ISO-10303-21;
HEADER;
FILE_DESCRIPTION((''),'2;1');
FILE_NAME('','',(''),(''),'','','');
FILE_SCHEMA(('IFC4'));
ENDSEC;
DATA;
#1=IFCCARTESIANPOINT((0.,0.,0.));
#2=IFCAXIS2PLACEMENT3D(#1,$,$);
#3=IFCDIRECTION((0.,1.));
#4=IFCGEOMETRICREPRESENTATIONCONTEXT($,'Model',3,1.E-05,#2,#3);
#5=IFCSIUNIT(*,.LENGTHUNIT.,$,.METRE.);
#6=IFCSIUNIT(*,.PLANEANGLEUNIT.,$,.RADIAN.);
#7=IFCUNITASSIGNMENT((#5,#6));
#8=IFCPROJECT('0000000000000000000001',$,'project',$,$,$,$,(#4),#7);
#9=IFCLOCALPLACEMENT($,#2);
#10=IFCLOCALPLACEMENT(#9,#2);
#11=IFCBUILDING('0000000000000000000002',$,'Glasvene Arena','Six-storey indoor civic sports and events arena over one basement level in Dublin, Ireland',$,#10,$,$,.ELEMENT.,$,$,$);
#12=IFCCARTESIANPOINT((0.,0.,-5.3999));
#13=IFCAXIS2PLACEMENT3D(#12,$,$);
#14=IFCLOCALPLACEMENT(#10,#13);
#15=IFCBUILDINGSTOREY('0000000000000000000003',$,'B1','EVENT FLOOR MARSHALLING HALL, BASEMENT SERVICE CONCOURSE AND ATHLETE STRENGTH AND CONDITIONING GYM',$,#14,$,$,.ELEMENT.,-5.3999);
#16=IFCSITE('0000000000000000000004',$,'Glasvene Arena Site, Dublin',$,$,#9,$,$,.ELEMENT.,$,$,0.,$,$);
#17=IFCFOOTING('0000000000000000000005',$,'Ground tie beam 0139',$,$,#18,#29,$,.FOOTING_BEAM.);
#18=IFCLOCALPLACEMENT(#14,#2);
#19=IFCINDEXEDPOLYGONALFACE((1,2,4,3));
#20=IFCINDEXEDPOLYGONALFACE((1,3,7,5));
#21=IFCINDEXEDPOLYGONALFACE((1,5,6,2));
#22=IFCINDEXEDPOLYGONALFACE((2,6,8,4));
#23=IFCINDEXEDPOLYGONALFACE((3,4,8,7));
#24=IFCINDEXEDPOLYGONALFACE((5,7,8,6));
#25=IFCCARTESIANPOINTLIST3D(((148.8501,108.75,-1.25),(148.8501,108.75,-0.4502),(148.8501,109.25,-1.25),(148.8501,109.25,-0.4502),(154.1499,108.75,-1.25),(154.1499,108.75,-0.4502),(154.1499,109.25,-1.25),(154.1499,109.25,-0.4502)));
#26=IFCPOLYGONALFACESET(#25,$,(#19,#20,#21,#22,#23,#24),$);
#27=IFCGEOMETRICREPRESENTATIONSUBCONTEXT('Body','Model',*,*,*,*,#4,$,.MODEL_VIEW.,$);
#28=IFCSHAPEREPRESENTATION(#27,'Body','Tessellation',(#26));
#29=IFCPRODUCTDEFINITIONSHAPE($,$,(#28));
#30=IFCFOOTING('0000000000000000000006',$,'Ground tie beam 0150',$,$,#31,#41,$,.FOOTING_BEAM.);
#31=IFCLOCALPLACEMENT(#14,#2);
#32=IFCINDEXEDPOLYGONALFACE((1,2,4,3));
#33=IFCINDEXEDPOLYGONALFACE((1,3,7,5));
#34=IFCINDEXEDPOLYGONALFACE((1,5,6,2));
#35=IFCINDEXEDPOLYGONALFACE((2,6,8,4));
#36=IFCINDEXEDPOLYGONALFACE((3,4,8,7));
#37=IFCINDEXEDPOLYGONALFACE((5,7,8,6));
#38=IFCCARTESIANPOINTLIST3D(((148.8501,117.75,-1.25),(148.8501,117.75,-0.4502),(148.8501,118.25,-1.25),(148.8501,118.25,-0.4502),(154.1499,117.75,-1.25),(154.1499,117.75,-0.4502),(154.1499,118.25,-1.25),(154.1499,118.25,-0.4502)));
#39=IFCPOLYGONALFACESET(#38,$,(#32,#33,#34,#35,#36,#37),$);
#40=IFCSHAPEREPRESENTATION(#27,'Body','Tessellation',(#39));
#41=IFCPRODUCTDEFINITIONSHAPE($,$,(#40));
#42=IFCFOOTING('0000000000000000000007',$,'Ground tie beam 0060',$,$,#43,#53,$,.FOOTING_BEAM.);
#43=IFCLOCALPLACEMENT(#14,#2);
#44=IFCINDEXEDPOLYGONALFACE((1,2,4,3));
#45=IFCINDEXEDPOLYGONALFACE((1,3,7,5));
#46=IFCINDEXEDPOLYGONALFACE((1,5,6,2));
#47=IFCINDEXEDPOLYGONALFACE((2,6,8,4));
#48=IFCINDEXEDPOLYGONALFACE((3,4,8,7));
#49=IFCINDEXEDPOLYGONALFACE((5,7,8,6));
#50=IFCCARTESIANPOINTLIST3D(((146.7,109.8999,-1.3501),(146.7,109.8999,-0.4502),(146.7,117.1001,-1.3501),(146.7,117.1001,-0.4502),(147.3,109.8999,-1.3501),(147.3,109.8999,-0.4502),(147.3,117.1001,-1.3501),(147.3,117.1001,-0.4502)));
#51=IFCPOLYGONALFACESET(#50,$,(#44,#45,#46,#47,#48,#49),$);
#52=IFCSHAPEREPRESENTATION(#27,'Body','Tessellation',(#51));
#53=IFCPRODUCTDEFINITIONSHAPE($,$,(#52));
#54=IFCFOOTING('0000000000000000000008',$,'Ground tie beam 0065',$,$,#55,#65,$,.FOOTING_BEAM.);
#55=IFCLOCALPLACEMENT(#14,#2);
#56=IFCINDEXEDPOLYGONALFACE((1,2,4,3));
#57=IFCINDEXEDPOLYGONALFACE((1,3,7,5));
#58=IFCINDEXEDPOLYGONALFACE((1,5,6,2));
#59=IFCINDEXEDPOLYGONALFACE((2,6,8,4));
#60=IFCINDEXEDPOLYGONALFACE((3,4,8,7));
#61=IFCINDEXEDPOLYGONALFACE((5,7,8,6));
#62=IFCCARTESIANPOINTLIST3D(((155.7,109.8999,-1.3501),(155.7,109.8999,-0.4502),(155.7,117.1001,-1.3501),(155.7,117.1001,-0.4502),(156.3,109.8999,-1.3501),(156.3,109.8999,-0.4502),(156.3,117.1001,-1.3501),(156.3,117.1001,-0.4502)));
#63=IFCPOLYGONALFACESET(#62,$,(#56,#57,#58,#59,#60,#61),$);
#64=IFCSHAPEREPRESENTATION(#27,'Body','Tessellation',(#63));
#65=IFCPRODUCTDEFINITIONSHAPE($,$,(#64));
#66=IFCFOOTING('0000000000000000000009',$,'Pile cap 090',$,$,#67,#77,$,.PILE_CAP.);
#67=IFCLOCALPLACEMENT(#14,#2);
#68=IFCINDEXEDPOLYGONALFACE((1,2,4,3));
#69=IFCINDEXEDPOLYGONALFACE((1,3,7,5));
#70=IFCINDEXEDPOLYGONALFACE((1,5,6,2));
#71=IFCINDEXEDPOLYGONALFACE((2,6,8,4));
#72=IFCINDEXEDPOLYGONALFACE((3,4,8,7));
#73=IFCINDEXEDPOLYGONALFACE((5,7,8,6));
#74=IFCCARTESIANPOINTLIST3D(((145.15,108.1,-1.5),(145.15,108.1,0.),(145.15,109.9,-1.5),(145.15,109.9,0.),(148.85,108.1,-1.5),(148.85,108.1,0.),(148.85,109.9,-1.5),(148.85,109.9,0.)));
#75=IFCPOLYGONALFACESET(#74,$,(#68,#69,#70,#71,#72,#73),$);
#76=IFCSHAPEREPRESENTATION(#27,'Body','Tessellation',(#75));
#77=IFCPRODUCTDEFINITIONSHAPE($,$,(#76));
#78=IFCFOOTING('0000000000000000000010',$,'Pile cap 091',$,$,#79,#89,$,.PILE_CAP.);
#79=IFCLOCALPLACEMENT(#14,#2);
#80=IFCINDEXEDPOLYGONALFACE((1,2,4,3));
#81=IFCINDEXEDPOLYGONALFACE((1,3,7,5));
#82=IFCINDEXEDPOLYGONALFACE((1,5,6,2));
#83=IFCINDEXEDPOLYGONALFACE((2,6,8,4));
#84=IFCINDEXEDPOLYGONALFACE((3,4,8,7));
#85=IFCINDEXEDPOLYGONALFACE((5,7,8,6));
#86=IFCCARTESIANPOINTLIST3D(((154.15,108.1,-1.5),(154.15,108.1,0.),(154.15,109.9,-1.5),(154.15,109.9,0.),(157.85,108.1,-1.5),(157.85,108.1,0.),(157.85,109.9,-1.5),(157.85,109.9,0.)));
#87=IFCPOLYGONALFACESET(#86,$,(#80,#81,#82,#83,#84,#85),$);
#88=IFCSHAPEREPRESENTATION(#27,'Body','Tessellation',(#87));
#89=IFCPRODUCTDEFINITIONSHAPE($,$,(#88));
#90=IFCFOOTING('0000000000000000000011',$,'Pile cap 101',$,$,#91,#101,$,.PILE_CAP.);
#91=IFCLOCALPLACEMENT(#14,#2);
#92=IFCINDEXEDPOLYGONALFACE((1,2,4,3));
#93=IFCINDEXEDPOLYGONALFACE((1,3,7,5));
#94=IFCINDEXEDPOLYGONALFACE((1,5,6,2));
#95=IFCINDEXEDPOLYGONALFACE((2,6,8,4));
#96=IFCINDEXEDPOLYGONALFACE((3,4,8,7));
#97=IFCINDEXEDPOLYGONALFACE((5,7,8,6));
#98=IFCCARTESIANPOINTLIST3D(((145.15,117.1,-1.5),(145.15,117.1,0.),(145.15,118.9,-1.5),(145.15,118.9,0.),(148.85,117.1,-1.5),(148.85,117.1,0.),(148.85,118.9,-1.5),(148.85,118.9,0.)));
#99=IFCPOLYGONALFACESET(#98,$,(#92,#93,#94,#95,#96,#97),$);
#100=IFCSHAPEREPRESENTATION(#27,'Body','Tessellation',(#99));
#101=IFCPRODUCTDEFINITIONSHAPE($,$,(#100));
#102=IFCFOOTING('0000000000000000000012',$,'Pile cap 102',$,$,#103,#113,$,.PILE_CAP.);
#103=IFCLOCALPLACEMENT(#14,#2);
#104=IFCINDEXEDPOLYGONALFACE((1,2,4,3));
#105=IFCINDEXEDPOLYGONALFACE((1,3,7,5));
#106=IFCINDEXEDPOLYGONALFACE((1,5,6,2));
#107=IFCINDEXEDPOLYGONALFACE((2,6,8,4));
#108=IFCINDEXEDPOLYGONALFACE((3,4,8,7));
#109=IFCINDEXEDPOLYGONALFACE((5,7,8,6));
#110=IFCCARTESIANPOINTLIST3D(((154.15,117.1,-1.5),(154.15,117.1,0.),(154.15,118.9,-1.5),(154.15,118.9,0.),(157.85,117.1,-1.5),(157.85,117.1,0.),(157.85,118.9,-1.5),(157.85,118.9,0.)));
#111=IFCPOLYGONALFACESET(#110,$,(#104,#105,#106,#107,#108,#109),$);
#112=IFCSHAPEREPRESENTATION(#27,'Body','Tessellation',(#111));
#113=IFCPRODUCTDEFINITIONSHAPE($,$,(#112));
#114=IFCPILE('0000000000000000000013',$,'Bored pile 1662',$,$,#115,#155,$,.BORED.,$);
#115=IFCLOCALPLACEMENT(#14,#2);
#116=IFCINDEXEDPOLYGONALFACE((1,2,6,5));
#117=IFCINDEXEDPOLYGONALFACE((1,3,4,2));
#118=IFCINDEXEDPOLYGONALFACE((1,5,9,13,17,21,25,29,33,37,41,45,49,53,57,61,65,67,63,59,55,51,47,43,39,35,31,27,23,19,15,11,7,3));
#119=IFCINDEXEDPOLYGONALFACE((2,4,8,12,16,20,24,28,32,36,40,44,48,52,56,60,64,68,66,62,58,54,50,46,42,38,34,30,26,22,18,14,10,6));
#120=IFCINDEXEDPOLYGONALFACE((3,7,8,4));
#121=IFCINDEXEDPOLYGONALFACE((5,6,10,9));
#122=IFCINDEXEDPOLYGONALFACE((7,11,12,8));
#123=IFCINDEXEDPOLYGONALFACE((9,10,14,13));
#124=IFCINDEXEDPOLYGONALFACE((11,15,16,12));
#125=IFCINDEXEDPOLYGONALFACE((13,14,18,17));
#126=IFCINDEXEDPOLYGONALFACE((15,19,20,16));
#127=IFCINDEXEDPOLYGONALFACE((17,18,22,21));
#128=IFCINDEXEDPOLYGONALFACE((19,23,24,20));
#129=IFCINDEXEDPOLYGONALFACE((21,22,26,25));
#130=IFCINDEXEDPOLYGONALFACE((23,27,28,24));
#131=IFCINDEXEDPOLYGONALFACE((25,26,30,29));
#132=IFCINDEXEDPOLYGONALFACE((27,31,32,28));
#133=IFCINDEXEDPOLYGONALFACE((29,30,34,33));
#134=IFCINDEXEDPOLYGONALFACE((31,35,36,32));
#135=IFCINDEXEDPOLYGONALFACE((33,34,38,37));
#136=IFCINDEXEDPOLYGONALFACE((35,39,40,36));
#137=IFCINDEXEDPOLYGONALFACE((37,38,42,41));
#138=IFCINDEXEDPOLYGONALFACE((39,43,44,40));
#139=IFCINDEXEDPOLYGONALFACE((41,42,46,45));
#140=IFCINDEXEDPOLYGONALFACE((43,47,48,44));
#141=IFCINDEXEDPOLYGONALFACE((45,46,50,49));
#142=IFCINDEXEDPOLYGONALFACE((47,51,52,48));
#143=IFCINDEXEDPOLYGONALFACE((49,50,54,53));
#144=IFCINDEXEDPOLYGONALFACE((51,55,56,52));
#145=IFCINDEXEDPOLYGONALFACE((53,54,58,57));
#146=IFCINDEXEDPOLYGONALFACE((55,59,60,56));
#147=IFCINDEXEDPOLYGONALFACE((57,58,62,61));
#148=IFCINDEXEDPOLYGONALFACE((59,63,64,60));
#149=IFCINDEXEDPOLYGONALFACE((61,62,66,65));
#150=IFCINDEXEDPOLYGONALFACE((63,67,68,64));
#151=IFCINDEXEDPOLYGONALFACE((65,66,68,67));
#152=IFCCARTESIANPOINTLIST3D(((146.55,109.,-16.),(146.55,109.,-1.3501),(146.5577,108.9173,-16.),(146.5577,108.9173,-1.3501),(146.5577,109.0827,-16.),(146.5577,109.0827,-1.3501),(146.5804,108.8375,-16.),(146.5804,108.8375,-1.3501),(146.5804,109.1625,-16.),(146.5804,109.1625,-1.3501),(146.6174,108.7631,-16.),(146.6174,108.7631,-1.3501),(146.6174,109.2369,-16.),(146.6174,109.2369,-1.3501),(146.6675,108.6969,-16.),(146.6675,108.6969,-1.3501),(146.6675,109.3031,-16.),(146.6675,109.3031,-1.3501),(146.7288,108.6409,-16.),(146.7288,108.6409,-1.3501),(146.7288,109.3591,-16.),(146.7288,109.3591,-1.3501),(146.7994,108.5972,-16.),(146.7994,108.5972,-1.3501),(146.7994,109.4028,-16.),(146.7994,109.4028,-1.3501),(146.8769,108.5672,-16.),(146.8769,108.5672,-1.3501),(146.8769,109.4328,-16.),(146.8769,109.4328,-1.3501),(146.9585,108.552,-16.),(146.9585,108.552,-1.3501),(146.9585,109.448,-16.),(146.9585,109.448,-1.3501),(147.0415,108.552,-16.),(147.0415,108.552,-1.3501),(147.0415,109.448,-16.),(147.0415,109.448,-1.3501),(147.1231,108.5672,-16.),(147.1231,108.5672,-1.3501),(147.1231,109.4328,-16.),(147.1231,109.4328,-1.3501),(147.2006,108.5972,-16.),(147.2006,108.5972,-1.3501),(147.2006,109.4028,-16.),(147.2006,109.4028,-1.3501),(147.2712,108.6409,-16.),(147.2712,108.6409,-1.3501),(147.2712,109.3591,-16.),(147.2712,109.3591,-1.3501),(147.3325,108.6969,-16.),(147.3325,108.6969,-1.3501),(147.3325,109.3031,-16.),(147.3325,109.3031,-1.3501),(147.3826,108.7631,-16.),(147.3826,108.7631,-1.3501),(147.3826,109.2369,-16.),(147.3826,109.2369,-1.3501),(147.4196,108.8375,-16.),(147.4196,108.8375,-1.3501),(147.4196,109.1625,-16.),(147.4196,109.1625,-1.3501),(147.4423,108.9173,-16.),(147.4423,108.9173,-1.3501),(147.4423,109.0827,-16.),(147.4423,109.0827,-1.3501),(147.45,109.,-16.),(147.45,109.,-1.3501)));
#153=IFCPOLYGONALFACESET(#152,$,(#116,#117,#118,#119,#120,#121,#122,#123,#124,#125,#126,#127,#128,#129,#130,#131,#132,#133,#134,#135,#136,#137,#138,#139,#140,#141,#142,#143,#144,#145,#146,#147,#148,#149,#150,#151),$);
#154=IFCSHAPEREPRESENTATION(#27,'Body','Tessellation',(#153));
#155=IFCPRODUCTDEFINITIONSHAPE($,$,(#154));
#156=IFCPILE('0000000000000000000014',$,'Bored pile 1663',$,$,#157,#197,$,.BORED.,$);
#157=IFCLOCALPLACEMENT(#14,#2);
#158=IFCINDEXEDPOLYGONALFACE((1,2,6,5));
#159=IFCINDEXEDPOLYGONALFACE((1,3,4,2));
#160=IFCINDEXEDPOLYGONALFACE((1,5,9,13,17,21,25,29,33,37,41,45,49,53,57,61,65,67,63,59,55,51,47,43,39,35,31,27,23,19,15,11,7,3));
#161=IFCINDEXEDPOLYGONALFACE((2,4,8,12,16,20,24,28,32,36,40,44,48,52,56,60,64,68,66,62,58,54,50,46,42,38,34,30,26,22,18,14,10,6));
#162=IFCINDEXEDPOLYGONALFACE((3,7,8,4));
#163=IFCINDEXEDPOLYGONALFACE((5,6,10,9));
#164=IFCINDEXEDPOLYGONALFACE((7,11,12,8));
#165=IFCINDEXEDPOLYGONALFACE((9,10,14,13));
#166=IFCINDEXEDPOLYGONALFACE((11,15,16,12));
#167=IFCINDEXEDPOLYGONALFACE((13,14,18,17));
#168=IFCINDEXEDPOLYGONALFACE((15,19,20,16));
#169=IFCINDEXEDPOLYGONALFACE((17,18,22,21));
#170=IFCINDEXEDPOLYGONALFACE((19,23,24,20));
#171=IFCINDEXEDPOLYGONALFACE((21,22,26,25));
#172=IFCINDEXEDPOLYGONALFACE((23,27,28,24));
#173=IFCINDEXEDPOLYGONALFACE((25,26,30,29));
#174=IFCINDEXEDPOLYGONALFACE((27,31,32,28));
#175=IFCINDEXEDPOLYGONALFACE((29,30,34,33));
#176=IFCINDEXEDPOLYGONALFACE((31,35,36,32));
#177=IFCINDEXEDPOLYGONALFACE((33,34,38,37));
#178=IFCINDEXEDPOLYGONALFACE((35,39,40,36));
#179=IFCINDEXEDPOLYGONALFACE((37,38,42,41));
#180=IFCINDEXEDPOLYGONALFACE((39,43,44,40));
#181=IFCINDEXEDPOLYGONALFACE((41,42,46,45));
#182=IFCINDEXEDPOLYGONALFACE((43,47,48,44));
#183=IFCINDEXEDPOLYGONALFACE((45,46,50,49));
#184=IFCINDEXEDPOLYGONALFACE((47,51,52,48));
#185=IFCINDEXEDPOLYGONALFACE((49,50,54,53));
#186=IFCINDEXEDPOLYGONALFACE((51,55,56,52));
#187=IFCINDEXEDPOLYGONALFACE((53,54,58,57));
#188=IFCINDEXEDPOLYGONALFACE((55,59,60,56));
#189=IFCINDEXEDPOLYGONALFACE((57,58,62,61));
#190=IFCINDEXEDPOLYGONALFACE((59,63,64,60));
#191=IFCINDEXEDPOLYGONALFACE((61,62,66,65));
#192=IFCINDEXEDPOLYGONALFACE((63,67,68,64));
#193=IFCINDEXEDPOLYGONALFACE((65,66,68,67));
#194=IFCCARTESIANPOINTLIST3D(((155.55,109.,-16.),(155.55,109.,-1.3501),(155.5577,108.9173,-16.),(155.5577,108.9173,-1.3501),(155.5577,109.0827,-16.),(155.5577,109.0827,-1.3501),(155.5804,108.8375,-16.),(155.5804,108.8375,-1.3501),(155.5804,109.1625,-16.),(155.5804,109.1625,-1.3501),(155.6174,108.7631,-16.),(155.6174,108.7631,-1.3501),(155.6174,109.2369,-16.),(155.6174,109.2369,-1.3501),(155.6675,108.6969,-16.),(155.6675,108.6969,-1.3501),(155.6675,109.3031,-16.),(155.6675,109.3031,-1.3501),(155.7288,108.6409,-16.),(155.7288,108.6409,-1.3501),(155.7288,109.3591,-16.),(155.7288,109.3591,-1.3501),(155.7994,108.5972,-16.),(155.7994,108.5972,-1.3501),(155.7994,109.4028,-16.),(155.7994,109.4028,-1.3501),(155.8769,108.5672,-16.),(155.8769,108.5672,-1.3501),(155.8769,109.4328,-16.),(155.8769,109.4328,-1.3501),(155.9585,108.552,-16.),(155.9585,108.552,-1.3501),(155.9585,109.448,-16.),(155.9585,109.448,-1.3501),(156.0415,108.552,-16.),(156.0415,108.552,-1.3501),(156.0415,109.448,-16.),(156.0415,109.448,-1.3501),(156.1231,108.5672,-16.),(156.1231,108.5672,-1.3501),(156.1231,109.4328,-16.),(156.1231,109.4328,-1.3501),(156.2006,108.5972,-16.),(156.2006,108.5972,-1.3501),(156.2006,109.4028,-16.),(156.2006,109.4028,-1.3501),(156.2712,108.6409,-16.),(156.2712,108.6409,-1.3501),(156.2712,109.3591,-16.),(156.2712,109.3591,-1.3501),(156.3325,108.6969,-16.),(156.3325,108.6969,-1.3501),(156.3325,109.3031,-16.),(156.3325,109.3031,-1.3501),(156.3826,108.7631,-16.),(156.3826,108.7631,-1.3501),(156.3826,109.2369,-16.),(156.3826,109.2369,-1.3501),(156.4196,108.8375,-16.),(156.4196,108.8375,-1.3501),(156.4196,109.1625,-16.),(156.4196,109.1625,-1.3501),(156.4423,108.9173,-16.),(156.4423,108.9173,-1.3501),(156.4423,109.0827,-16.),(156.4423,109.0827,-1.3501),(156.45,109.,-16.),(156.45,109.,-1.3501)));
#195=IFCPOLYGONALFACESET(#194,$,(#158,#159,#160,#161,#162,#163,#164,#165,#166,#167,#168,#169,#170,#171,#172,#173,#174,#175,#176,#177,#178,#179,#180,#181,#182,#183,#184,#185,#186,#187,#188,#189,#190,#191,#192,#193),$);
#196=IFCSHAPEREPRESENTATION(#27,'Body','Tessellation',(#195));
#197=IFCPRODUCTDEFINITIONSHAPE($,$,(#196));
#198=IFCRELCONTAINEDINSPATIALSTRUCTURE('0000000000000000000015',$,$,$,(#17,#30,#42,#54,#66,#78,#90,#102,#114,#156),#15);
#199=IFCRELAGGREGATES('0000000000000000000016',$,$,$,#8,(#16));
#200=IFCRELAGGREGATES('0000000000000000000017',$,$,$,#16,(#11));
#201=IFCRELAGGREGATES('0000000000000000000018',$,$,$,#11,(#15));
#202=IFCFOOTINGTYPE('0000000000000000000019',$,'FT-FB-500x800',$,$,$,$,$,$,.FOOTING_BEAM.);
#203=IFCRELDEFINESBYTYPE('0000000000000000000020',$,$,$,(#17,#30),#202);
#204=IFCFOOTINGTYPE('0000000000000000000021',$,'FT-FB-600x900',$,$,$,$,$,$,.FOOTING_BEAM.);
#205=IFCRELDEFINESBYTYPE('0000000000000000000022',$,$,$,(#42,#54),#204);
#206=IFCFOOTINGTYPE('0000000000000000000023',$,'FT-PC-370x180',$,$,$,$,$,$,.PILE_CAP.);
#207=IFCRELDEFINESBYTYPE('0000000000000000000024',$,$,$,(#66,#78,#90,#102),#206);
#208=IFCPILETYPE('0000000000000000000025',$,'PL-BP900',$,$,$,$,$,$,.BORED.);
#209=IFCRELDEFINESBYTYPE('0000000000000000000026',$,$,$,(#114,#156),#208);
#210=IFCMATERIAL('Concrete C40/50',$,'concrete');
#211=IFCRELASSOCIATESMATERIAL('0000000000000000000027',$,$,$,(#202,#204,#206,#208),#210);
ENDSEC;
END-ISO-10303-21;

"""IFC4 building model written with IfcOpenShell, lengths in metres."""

from ifc_helpers import new_model, si_unit, direction, frame, origin, origin_2d, place, context, subcontext, project, spatial, polyline, rectangle, circle, outline, extrude, material, material_profile, profile_set, type_object, element, save


model = new_model("IFC4")

# Units and contexts
model_context = context("Model", 3, precision=1e-05, world=origin(), true_north=direction((0.0, 1.0)))
body_context = subcontext(model_context, "Body", "Model", "MODEL_VIEW")
ifc_project = project(units=[si_unit("LENGTHUNIT", "METRE"), si_unit("PLANEANGLEUNIT", "RADIAN")], contexts=[model_context])

# Site, building, storey
site_placement = place(None, origin())
site = spatial("IfcSite", under=ifc_project, at=site_placement, Name="Glasvene Arena Site, Dublin", CompositionType="ELEMENT", RefElevation=0.0)
building_placement = place(site_placement, origin())
building = spatial("IfcBuilding", under=site, at=building_placement, Name="Glasvene Arena", Description="Six-storey indoor civic sports and events arena over one basement level in Dublin, Ireland", CompositionType="ELEMENT")
storey_placement = place(building_placement, frame((0.0, 0.0, -5.3999)))
storey = spatial("IfcBuildingStorey", under=building, at=storey_placement, Name="B1", Description="EVENT FLOOR MARSHALLING HALL, BASEMENT SERVICE CONCOURSE AND ATHLETE STRENGTH AND CONDITIONING GYM", CompositionType="ELEMENT", Elevation=-5.3999)

# Footings
ifc_material_1 = material(Name="Concrete C40/50", Category="concrete")
footing_type_1 = type_object("IfcFootingType", Name="FT-FB-500x800", PredefinedType="FOOTING_BEAM", material=ifc_material_1)
for number, where, name in (
    (1, (151.5, 109.0, -1.25), "Ground tie beam 0139"),
    (2, (151.5, 118.0, -1.25), "Ground tie beam 0150"),
):
    element("IfcFooting", number, at=place(storey_placement, frame(where)), inside=storey, type_object=footing_type_1, Name=name, PredefinedType="FOOTING_BEAM", context=body_context, shape_type="SweptSolid", body=[
        extrude(outline(polyline([(-2.6499, -0.25), (2.6499, -0.25), (2.6499, 0.25), (-2.6499, 0.25), (-2.6499, -0.25)])), origin(), (0.0, 0.0, 1.0), 0.7998),
    ])
footing_type_2 = type_object("IfcFootingType", Name="FT-FB-600x900", PredefinedType="FOOTING_BEAM", material=ifc_material_1)
for number, where, name in (
    (3, (147.0, 113.5, -1.3501), "Ground tie beam 0060"),
    (4, (156.0, 113.5, -1.3501), "Ground tie beam 0065"),
):
    element("IfcFooting", number, at=place(storey_placement, frame(where)), inside=storey, type_object=footing_type_2, Name=name, PredefinedType="FOOTING_BEAM", context=body_context, shape_type="SweptSolid", body=[
        extrude(outline(polyline([(-0.3, -3.6001), (0.3, -3.6001), (0.3, 3.6001), (-0.3, 3.6001), (-0.3, -3.6001)])), origin(), (0.0, 0.0, 1.0), 0.8999),
    ])
footing_type_3 = type_object("IfcFootingType", Name="FT-PC-370x180", PredefinedType="PILE_CAP", material=ifc_material_1)
for number, where, z_axis, x_axis, name in (
    (5, (147.0, 109.0, -1.5), (0.0, 0.0, 1.0), (1.0, 0.0, 0.0), "Pile cap 090"),
    (6, (156.0, 109.0, -1.5), (0.0, 0.0, 1.0), (1.0, 0.0, 0.0), "Pile cap 091"),
    (7, (147.0, 118.0, -1.5), (0.0, 0.0, 1.0), (1.0, 0.0, 0.0), "Pile cap 101"),
    (8, (156.0, 118.0, -1.5), (0.0, 0.0, 1.0), (1.0, 0.0, 0.0), "Pile cap 102"),
):
    element("IfcFooting", number, at=place(storey_placement, frame(where, z_axis=z_axis, x_axis=x_axis)), inside=storey, type_object=footing_type_3, Name=name, PredefinedType="PILE_CAP", context=body_context, shape_type="SweptSolid", body=[
        extrude(rectangle(XDim=3.7, YDim=1.8, at=origin_2d()), origin(), (0.0, 0.0, 1.0), 1.5),
    ])

# Piles
ifc_material_profile_1 = material_profile(ifc_material_1, circle(Radius=0.45, at=origin_2d()), Name="BORED PILE 900")
ifc_profile_set_1 = profile_set([ifc_material_profile_1], Name="Concrete C40/50")
pile_type = type_object("IfcPileType", Name="PL-BP900", PredefinedType="BORED", material=ifc_profile_set_1)
for number, where, z_axis, x_axis, name in (
    (9, (147.0, 109.0, -1.3501), (0.0, 0.0, -1.0), (1.0, 0.0, 0.0), "Bored pile 1662"),
    (10, (156.0, 109.0, -1.3501), (0.0, 0.0, -1.0), (1.0, 0.0, 0.0), "Bored pile 1663"),
):
    element("IfcPile", number, at=place(storey_placement, frame(where, z_axis=z_axis, x_axis=x_axis)), inside=storey, type_object=pile_type, Name=name, PredefinedType="BORED", context=body_context, shape_type="SweptSolid", body=[
        extrude(circle(Radius=0.45, at=origin_2d()), origin(), (0.0, 0.0, 1.0), 14.6499),
    ])

save(model, "model.ifc")
